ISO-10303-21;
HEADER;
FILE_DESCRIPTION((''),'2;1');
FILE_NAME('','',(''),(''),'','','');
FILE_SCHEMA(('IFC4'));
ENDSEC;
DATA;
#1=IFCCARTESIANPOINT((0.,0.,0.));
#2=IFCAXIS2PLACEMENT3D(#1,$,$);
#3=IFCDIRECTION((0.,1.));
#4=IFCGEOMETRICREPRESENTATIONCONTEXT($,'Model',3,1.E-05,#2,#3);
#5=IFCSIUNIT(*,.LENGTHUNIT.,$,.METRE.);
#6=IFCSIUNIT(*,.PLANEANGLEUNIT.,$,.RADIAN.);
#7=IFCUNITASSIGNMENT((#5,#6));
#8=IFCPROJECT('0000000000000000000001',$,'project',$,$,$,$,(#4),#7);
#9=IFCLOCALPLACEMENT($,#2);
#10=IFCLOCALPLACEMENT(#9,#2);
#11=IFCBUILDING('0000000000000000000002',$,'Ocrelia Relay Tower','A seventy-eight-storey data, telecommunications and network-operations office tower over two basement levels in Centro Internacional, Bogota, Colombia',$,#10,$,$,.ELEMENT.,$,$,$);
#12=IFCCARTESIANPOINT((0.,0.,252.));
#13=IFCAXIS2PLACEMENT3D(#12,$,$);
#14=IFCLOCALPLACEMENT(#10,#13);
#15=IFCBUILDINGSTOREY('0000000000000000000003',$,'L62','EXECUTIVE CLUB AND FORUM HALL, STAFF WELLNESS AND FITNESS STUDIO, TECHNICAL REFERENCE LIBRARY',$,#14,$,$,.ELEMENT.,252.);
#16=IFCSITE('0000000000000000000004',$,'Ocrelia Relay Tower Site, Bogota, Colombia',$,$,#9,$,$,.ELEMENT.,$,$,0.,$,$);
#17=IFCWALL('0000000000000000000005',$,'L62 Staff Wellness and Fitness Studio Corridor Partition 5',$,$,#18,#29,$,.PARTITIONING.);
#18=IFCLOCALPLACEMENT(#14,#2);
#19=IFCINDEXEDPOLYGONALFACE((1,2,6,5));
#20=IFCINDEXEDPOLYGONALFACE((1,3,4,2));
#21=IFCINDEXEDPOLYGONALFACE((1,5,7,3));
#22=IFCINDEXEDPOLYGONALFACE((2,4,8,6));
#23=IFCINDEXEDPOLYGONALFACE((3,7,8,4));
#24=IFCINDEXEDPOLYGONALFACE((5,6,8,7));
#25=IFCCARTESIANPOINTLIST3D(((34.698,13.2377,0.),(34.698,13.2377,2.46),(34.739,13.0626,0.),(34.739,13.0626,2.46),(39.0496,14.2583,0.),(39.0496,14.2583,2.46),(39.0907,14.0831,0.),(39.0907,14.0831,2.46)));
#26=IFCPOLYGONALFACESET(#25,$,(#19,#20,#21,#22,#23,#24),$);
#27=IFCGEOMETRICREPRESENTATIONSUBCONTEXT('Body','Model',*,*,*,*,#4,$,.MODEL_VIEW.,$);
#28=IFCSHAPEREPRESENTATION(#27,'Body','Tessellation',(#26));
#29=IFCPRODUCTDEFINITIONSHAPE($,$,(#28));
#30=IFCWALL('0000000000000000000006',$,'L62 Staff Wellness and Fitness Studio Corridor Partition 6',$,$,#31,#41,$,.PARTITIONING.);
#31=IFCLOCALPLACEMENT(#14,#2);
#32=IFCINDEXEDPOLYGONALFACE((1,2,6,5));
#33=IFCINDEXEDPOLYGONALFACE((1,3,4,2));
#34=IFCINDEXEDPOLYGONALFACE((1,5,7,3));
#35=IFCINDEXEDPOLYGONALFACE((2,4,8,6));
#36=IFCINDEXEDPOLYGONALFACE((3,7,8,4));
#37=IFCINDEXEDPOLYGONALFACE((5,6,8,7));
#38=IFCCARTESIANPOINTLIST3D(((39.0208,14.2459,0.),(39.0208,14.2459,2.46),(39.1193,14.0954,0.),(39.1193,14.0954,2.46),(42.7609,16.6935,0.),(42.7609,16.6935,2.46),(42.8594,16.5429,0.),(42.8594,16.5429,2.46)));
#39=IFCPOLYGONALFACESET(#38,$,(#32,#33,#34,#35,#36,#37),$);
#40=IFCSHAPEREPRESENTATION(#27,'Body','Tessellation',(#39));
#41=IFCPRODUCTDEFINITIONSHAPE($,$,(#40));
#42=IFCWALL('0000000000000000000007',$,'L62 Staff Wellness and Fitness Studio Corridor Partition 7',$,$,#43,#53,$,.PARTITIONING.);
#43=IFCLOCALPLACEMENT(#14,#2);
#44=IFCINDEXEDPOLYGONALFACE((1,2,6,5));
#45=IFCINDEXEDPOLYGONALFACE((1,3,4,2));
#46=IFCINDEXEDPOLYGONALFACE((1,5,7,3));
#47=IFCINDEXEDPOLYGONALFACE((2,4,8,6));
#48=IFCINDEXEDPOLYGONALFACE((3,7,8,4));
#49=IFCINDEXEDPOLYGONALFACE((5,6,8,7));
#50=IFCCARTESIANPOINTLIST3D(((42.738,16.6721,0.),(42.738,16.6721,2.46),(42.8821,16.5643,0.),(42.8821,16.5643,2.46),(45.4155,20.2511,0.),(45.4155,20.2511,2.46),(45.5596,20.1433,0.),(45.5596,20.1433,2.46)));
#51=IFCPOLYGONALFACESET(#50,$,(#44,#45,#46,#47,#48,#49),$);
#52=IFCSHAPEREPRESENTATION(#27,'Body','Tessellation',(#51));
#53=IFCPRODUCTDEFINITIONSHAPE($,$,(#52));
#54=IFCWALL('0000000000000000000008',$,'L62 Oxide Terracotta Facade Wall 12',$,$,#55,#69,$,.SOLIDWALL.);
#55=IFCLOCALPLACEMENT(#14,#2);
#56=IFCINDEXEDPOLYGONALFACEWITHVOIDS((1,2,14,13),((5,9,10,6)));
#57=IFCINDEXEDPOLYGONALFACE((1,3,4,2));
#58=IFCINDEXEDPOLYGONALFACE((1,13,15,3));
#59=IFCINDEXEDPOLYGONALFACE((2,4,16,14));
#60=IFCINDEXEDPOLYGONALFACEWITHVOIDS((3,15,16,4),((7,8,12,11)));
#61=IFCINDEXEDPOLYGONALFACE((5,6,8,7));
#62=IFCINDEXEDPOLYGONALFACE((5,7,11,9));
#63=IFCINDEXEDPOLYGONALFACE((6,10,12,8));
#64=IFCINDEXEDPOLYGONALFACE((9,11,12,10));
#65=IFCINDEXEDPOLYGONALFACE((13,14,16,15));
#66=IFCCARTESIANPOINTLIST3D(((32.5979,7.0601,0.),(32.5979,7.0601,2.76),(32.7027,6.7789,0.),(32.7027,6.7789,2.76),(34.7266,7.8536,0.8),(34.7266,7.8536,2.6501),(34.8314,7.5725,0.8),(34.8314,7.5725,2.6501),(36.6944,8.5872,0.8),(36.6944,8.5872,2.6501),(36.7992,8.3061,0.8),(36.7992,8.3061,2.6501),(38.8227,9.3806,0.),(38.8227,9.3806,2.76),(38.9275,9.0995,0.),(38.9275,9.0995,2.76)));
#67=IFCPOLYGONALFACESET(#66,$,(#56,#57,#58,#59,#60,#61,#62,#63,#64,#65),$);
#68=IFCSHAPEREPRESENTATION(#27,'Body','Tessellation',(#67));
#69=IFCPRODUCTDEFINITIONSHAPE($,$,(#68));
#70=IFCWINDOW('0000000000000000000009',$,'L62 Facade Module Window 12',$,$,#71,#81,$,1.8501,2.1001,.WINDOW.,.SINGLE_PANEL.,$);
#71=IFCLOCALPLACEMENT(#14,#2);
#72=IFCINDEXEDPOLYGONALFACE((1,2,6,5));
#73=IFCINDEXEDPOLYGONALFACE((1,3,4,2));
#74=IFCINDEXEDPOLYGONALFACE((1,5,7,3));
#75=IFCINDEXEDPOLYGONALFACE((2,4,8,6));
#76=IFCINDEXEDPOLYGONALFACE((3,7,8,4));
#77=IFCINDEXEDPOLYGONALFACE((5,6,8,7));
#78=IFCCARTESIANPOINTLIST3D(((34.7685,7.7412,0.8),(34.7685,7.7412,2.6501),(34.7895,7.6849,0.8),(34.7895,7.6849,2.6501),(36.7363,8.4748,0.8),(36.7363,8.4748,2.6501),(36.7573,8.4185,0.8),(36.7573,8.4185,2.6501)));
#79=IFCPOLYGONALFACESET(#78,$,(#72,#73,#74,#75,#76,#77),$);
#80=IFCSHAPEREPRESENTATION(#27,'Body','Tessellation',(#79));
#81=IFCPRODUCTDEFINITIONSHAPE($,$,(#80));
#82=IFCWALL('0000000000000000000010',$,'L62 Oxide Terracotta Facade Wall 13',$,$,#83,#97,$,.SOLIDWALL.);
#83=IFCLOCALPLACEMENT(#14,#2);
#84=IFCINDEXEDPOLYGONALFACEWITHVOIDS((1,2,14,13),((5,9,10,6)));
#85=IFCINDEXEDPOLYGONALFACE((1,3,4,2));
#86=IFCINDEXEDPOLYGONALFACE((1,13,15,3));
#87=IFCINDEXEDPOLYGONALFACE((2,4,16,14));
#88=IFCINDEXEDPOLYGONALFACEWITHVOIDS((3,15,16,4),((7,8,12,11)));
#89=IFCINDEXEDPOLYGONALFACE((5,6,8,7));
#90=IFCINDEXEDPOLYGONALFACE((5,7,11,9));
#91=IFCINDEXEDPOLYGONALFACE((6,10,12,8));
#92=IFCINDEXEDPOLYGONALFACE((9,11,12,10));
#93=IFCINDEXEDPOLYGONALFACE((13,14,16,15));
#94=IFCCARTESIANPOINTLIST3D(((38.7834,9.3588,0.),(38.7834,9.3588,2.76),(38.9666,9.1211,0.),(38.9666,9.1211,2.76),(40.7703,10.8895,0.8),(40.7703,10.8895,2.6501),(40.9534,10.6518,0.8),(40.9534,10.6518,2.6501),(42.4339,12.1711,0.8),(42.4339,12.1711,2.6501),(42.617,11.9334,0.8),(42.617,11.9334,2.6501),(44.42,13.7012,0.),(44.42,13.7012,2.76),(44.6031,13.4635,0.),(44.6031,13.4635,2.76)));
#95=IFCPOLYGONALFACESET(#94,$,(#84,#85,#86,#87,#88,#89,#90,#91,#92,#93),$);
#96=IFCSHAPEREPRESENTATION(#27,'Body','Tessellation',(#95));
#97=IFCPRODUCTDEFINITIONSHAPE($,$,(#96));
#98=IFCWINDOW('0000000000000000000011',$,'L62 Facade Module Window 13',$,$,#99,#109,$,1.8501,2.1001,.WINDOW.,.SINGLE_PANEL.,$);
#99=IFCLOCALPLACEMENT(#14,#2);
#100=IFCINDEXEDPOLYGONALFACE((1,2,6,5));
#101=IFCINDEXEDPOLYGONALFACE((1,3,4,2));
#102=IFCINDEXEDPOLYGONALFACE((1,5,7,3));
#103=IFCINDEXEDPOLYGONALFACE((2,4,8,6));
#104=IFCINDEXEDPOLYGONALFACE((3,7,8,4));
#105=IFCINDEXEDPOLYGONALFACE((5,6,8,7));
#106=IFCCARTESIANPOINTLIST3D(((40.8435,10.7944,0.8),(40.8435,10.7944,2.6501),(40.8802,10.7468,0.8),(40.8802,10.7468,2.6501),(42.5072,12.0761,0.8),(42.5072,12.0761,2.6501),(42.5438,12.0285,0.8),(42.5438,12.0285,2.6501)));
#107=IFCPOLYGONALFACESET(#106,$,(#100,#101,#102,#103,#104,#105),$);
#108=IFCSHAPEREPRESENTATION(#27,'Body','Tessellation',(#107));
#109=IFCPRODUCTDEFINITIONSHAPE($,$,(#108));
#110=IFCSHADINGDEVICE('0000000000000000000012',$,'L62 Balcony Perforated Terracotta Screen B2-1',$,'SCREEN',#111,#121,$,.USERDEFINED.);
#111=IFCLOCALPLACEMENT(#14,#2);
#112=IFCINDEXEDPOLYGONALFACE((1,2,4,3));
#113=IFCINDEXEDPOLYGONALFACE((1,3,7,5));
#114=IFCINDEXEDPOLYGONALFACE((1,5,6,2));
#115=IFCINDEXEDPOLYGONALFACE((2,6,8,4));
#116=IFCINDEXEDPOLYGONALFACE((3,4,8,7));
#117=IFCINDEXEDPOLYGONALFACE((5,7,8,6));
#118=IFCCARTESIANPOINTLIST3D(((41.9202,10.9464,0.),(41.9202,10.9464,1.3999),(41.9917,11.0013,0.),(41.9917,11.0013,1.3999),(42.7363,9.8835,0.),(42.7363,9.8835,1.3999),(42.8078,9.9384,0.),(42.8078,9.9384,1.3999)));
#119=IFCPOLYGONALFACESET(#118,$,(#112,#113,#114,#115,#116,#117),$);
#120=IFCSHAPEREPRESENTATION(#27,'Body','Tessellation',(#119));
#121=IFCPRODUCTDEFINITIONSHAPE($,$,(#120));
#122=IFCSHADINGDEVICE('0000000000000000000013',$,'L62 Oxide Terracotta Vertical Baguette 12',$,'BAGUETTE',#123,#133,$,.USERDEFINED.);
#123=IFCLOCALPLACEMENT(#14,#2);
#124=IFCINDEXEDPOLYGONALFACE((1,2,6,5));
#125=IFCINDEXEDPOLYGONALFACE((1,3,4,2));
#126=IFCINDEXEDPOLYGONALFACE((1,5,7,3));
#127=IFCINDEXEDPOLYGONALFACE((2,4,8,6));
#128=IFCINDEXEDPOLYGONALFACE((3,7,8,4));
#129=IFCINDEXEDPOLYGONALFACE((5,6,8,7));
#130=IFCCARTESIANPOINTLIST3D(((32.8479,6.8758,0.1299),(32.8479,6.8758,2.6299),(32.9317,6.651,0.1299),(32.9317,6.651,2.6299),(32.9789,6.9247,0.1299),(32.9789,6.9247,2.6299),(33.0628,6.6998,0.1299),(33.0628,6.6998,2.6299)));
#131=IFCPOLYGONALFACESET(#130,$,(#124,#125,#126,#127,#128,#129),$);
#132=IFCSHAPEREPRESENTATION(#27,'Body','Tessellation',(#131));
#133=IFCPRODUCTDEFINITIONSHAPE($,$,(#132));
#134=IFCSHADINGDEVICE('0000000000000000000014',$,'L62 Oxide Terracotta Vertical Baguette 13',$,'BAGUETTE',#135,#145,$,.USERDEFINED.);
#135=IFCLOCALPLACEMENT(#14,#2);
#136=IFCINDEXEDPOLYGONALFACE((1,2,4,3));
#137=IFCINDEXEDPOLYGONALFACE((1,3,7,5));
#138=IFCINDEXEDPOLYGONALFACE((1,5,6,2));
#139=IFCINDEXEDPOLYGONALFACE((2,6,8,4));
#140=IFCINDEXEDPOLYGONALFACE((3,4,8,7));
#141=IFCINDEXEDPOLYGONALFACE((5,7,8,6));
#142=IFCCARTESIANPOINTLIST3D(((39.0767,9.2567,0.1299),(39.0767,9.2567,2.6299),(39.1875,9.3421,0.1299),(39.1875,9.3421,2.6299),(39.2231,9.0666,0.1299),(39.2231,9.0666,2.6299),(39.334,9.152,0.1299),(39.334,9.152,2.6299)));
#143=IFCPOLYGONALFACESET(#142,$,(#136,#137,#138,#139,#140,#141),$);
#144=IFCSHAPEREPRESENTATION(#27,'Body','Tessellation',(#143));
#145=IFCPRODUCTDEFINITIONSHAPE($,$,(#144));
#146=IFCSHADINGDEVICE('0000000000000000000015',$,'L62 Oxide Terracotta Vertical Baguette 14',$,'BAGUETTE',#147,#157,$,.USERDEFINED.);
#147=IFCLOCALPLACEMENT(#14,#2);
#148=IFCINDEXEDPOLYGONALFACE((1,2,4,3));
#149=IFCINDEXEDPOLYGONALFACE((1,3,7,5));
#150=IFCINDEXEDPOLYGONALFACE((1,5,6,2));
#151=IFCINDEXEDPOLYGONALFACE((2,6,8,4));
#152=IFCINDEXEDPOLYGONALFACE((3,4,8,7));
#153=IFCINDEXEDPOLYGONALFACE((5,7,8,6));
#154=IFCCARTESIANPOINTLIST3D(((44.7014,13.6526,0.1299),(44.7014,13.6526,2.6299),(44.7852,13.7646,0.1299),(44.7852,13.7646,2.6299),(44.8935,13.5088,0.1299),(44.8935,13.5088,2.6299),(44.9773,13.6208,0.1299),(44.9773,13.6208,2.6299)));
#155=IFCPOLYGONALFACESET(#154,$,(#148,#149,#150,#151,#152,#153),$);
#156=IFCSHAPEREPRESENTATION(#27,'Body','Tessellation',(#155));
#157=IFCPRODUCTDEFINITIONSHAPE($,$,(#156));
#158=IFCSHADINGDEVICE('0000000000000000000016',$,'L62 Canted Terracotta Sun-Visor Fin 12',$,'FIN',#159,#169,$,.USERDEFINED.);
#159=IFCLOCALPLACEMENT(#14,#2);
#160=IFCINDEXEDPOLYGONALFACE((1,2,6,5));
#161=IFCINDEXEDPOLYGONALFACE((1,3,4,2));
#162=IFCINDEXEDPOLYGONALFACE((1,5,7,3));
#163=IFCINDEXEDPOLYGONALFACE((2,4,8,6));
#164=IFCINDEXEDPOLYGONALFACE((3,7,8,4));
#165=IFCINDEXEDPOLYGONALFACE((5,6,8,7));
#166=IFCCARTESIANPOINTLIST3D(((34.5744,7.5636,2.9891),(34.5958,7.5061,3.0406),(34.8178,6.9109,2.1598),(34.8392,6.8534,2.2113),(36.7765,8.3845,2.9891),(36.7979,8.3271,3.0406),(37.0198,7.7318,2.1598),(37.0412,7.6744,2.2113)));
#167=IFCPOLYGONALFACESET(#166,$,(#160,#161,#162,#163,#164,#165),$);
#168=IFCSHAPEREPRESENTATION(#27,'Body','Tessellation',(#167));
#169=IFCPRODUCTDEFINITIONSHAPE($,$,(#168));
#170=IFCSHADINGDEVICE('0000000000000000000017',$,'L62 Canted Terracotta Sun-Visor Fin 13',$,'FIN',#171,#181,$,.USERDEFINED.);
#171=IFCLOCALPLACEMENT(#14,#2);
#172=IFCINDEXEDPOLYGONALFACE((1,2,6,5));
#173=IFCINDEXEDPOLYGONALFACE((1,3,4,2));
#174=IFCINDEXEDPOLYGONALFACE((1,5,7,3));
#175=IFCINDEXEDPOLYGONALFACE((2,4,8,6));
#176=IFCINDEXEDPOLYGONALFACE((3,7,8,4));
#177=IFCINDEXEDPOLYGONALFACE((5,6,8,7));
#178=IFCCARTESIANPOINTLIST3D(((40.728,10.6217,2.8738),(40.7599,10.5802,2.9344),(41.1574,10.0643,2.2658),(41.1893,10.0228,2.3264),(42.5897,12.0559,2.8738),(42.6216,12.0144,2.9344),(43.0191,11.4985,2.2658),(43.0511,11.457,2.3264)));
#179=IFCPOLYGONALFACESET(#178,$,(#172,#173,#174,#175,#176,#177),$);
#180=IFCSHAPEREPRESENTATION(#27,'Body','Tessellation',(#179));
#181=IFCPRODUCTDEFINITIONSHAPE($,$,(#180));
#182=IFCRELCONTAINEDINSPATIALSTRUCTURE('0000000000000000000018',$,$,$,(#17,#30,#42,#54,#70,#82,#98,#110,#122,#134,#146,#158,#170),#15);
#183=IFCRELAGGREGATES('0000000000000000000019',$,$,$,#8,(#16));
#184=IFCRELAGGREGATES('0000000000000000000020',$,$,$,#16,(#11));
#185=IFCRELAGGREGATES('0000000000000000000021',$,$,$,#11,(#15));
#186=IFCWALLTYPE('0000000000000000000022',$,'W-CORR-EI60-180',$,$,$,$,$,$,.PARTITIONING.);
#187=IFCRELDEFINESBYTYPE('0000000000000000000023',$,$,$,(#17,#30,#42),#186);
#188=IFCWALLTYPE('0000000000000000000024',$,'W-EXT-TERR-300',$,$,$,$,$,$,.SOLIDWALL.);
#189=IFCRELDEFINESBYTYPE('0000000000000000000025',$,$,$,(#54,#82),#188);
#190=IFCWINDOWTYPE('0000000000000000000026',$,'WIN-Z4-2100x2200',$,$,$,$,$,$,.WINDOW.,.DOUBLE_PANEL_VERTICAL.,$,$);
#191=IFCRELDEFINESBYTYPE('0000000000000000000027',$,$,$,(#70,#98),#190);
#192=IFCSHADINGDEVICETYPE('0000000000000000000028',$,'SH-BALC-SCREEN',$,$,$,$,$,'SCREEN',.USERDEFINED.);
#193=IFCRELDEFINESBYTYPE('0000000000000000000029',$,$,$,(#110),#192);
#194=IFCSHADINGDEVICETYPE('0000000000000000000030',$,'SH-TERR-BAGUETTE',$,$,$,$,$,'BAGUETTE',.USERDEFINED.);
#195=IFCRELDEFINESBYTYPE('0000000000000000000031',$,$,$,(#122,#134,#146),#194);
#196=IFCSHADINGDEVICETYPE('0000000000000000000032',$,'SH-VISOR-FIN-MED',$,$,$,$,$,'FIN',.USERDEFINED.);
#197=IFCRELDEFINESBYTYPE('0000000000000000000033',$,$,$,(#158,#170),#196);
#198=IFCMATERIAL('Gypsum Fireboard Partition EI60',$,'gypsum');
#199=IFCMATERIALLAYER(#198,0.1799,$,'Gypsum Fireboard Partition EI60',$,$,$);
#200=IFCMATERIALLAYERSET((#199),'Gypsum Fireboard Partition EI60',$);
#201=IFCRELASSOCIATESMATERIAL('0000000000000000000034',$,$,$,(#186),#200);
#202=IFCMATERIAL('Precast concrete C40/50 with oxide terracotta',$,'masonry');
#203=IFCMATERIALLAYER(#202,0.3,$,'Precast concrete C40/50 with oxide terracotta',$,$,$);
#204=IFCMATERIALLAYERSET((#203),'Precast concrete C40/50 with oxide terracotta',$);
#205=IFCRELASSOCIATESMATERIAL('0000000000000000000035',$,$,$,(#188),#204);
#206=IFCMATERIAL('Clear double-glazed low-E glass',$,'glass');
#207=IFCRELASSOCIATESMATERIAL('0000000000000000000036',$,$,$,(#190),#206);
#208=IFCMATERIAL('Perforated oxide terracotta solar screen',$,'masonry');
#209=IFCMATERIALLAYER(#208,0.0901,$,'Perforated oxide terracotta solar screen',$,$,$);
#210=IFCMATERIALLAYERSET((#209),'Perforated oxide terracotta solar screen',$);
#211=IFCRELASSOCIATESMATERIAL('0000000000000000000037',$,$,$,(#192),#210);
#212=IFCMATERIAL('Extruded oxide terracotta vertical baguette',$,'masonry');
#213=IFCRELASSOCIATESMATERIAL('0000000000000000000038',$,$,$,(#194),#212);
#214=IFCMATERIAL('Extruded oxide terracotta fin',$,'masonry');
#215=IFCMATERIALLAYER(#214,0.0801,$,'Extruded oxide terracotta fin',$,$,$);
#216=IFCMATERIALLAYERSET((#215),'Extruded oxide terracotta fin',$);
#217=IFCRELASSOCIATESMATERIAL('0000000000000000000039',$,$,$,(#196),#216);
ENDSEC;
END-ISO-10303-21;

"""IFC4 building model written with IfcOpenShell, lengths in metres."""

from ifc_helpers import new_model, si_unit, direction, frame, frame_2d, origin, origin_2d, place, context, subcontext, project, spatial, rectangle, extrude, material, layer, layer_set, type_object, element, fill, save


model = new_model("IFC4")

# Units and contexts
model_context = context("Model", 3, precision=1e-05, world=origin(), true_north=direction((0.0, 1.0)))
body_context = subcontext(model_context, "Body", "Model", "MODEL_VIEW")
ifc_project = project(units=[si_unit("LENGTHUNIT", "METRE"), si_unit("PLANEANGLEUNIT", "RADIAN")], contexts=[model_context])

# Site, building, storey
site_placement = place(None, origin())
site = spatial("IfcSite", under=ifc_project, at=site_placement, Name="Ocrelia Relay Tower Site, Bogota, Colombia", CompositionType="ELEMENT", RefElevation=0.0)
building_placement = place(site_placement, origin())
building = spatial("IfcBuilding", under=site, at=building_placement, Name="Ocrelia Relay Tower", Description="A seventy-eight-storey data, telecommunications and network-operations office tower over two basement levels in Centro Internacional, Bogota, Colombia", CompositionType="ELEMENT")
storey_placement = place(building_placement, frame((0.0, 0.0, 252.0)))
storey = spatial("IfcBuildingStorey", under=building, at=storey_placement, Name="L62", Description="EXECUTIVE CLUB AND FORUM HALL, STAFF WELLNESS AND FITNESS STUDIO, TECHNICAL REFERENCE LIBRARY", CompositionType="ELEMENT", Elevation=252.0)

# Walls
ifc_material_1 = material(Name="Gypsum Fireboard Partition EI60", Category="gypsum")
ifc_layer_1 = layer(ifc_material_1, 0.1799, Name="Gypsum Fireboard Partition EI60")
ifc_layer_set_1 = layer_set([ifc_layer_1], Name="Gypsum Fireboard Partition EI60")
wall_type_1 = type_object("IfcWallType", Name="W-CORR-EI60-180", PredefinedType="PARTITIONING", material=ifc_layer_set_1)
for number, where, z_axis, x_axis, name in (
    (1, (34.7185, 13.1501, 0.0), (0.0, 0.0, 1.0), (0.973586, 0.228321, 0.0), "L62 Staff Wellness and Fitness Studio Corridor Partition 5"),
    (2, (39.0701, 14.1707, 0.0), (0.0, 0.0, 1.0), (0.836751, 0.547583, 0.0), "L62 Staff Wellness and Fitness Studio Corridor Partition 6"),
    (3, (42.8101, 16.6182, 0.0), (0.0, 0.0, 1.0), (0.599021, 0.800733, 0.0), "L62 Staff Wellness and Fitness Studio Corridor Partition 7"),
):
    element("IfcWall", number, at=place(storey_placement, frame(where, z_axis=z_axis, x_axis=x_axis)), inside=storey, type_object=wall_type_1, Name=name, PredefinedType="PARTITIONING", context=body_context, shape_type="SweptSolid", body=[
        extrude(rectangle(XDim=4.4697, YDim=0.1799, at=frame_2d((2.2349, 0.0))), origin(), (0.0, 0.0, 1.0), 2.46),
    ])

# Walls, openings, windows
ifc_material_2 = material(Name="Precast concrete C40/50 with oxide terracotta", Category="masonry")
ifc_layer_2 = layer(ifc_material_2, 0.3, Name="Precast concrete C40/50 with oxide terracotta")
ifc_layer_set_2 = layer_set([ifc_layer_2], Name="Precast concrete C40/50 with oxide terracotta")
wall_type_2 = type_object("IfcWallType", Name="W-EXT-TERR-300", PredefinedType="SOLIDWALL", material=ifc_layer_set_2)
wall_1_placement = place(storey_placement, frame((32.6501, 6.9194, 0.0), z_axis=(0.0, 0.0, 1.0), x_axis=(0.937009, 0.349306, 0.0)))
wall_1 = element("IfcWall", 4, at=wall_1_placement, inside=storey, type_object=wall_type_2, Name="L62 Oxide Terracotta Facade Wall 12", PredefinedType="SOLIDWALL", context=body_context, shape_type="SweptSolid", body=[
    extrude(rectangle(XDim=6.6433, YDim=0.3, at=frame_2d((3.3218, 0.0))), origin(), (0.0, 0.0, 1.0), 2.76),
])
opening_1_placement = place(wall_1_placement, frame((2.272, 0.0, 0.8)))
opening_1 = element("IfcOpeningElement", 5, at=opening_1_placement, cuts=wall_1, PredefinedType="OPENING", context=body_context, shape_type="SweptSolid", body=[
    extrude(rectangle(XDim=2.1001, YDim=1.8501, at=frame_2d((1.05, 0.925))), frame((0.0, 0.1602, 0.0), z_axis=(0.0, -1.0, 0.0), x_axis=(1.0, 0.0, 0.0)), (0.0, 0.0, 1.0), 0.3201),
])
ifc_material_3 = material(Name="Clear double-glazed low-E glass", Category="glass")
window_type = type_object("IfcWindowType", Name="WIN-Z4-2100x2200", PartitioningType="DOUBLE_PANEL_VERTICAL", PredefinedType="WINDOW", material=ifc_material_3)
window_1_placement = place(opening_1_placement, origin())
window_1 = element("IfcWindow", 6, at=window_1_placement, inside=storey, type_object=window_type, Name="L62 Facade Module Window 12", OverallHeight=1.8501, OverallWidth=2.1001, PartitioningType="SINGLE_PANEL", PredefinedType="WINDOW", context=body_context, shape_type="SweptSolid", body=[
    extrude(rectangle(XDim=2.1001, YDim=1.8501, at=frame_2d((1.05, 0.925))), frame((0.0, 0.03, 0.0), z_axis=(0.0, -1.0, 0.0), x_axis=(1.0, 0.0, 0.0)), (0.0, 0.0, 1.0), 0.0601),
])
fill(opening_1, window_1)
wall_2_placement = place(storey_placement, frame((38.875, 9.24, 0.0), z_axis=(0.0, 0.0, 1.0), x_axis=(0.79218, 0.610288, 0.0)))
wall_2 = element("IfcWall", 7, at=wall_2_placement, inside=storey, type_object=wall_type_2, Name="L62 Oxide Terracotta Facade Wall 13", PredefinedType="SOLIDWALL", context=body_context, shape_type="SweptSolid", body=[
    extrude(rectangle(XDim=7.1152, YDim=0.3, at=frame_2d((3.5576, 0.0))), origin(), (0.0, 0.0, 1.0), 2.76),
])
opening_2_placement = place(wall_2_placement, frame((2.5081, 0.0, 0.8)))
opening_2 = element("IfcOpeningElement", 8, at=opening_2_placement, cuts=wall_2, PredefinedType="OPENING", context=body_context, shape_type="SweptSolid", body=[
    extrude(rectangle(XDim=2.1001, YDim=1.8501, at=frame_2d((1.05, 0.925))), frame((0.0, 0.1602, 0.0), z_axis=(0.0, -1.0, 0.0), x_axis=(1.0, 0.0, 0.0)), (0.0, 0.0, 1.0), 0.3201),
])
window_2_placement = place(opening_2_placement, origin())
window_2 = element("IfcWindow", 9, at=window_2_placement, inside=storey, type_object=window_type, Name="L62 Facade Module Window 13", OverallHeight=1.8501, OverallWidth=2.1001, PartitioningType="SINGLE_PANEL", PredefinedType="WINDOW", context=body_context, shape_type="SweptSolid", body=[
    extrude(rectangle(XDim=2.1001, YDim=1.8501, at=frame_2d((1.05, 0.925))), frame((0.0, 0.03, 0.0), z_axis=(0.0, -1.0, 0.0), x_axis=(1.0, 0.0, 0.0)), (0.0, 0.0, 1.0), 0.0601),
])
fill(opening_2, window_2)

# Shading devices
ifc_material_4 = material(Name="Perforated oxide terracotta solar screen", Category="masonry")
ifc_layer_3 = layer(ifc_material_4, 0.0901, Name="Perforated oxide terracotta solar screen")
ifc_layer_set_3 = layer_set([ifc_layer_3], Name="Perforated oxide terracotta solar screen")
shading_device_type_1 = type_object("IfcShadingDeviceType", Name="SH-BALC-SCREEN", ElementType="SCREEN", PredefinedType="USERDEFINED", material=ifc_layer_set_3)
shading_device_1_placement = place(storey_placement, frame((42.364, 10.4424, 0.0), z_axis=(0.0, 0.0, 1.0), x_axis=(0.60901, -0.793163, 0.0)))
element("IfcShadingDevice", 10, at=shading_device_1_placement, inside=storey, type_object=shading_device_type_1, Name="L62 Balcony Perforated Terracotta Screen B2-1", ObjectType="SCREEN", PredefinedType="USERDEFINED", context=body_context, shape_type="SweptSolid", body=[
    extrude(rectangle(XDim=1.3401, YDim=0.0901, at=origin_2d()), origin(), (0.0, 0.0, 1.0), 1.3999),
])
ifc_material_5 = material(Name="Extruded oxide terracotta vertical baguette", Category="masonry")
shading_device_type_2 = type_object("IfcShadingDeviceType", Name="SH-TERR-BAGUETTE", ElementType="BAGUETTE", PredefinedType="USERDEFINED", material=ifc_material_5)
for number, where, z_axis, x_axis, name in (
    (11, (32.9553, 6.7878, 0.1299), (0.0, 0.0, 1.0), (0.937004, 0.34932, 0.0), "L62 Oxide Terracotta Vertical Baguette 12"),
    (12, (39.2053, 9.2043, 0.1299), (0.0, 0.0, 1.0), (0.792192, 0.610272, 0.0), "L62 Oxide Terracotta Vertical Baguette 13"),
    (13, (44.8394, 13.6367, 0.1299), (0.0, 0.0, 1.0), (0.599023, 0.800732, 0.0), "L62 Oxide Terracotta Vertical Baguette 14"),
):
    element("IfcShadingDevice", number, at=place(storey_placement, frame(where, z_axis=z_axis, x_axis=x_axis)), inside=storey, type_object=shading_device_type_2, Name=name, ObjectType="BAGUETTE", PredefinedType="USERDEFINED", context=body_context, shape_type="SweptSolid", body=[
        extrude(rectangle(XDim=0.1399, YDim=0.24, at=origin_2d()), origin(), (0.0, 0.0, 1.0), 2.5),
    ])
ifc_material_6 = material(Name="Extruded oxide terracotta fin", Category="masonry")
ifc_layer_4 = layer(ifc_material_6, 0.0801, Name="Extruded oxide terracotta fin")
ifc_layer_set_4 = layer_set([ifc_layer_4], Name="Extruded oxide terracotta fin")
shading_device_type_3 = type_object("IfcShadingDeviceType", Name="SH-VISOR-FIN-MED", ElementType="FIN", PredefinedType="USERDEFINED", material=ifc_layer_set_4)
shading_device_2_placement = place(storey_placement, frame((35.7971, 7.6477, 2.5745), z_axis=(0.267477, -0.717471, 0.643189), x_axis=(0.937004, 0.34932, 0.0)))
element("IfcShadingDevice", 14, at=shading_device_2_placement, inside=storey, type_object=shading_device_type_3, Name="L62 Canted Terracotta Sun-Visor Fin 12", ObjectType="FIN", PredefinedType="USERDEFINED", context=body_context, shape_type="SweptSolid", body=[
    extrude(rectangle(XDim=2.3501, YDim=1.083, at=origin_2d()), origin(), (0.0, 0.0, 1.0), 0.0801),
])
shading_device_3_placement = place(storey_placement, frame((41.8735, 11.0601, 2.5698), z_axis=(0.399006, -0.517949, 0.756653), x_axis=(0.792192, 0.610272, 0.0)))
element("IfcShadingDevice", 15, at=shading_device_3_placement, inside=storey, type_object=shading_device_type_3, Name="L62 Canted Terracotta Sun-Visor Fin 13", ObjectType="FIN", PredefinedType="USERDEFINED", context=body_context, shape_type="SweptSolid", body=[
    extrude(rectangle(XDim=2.3501, YDim=0.9299, at=origin_2d()), origin(), (0.0, 0.0, 1.0), 0.0801),
])

save(model, "model.ifc")
